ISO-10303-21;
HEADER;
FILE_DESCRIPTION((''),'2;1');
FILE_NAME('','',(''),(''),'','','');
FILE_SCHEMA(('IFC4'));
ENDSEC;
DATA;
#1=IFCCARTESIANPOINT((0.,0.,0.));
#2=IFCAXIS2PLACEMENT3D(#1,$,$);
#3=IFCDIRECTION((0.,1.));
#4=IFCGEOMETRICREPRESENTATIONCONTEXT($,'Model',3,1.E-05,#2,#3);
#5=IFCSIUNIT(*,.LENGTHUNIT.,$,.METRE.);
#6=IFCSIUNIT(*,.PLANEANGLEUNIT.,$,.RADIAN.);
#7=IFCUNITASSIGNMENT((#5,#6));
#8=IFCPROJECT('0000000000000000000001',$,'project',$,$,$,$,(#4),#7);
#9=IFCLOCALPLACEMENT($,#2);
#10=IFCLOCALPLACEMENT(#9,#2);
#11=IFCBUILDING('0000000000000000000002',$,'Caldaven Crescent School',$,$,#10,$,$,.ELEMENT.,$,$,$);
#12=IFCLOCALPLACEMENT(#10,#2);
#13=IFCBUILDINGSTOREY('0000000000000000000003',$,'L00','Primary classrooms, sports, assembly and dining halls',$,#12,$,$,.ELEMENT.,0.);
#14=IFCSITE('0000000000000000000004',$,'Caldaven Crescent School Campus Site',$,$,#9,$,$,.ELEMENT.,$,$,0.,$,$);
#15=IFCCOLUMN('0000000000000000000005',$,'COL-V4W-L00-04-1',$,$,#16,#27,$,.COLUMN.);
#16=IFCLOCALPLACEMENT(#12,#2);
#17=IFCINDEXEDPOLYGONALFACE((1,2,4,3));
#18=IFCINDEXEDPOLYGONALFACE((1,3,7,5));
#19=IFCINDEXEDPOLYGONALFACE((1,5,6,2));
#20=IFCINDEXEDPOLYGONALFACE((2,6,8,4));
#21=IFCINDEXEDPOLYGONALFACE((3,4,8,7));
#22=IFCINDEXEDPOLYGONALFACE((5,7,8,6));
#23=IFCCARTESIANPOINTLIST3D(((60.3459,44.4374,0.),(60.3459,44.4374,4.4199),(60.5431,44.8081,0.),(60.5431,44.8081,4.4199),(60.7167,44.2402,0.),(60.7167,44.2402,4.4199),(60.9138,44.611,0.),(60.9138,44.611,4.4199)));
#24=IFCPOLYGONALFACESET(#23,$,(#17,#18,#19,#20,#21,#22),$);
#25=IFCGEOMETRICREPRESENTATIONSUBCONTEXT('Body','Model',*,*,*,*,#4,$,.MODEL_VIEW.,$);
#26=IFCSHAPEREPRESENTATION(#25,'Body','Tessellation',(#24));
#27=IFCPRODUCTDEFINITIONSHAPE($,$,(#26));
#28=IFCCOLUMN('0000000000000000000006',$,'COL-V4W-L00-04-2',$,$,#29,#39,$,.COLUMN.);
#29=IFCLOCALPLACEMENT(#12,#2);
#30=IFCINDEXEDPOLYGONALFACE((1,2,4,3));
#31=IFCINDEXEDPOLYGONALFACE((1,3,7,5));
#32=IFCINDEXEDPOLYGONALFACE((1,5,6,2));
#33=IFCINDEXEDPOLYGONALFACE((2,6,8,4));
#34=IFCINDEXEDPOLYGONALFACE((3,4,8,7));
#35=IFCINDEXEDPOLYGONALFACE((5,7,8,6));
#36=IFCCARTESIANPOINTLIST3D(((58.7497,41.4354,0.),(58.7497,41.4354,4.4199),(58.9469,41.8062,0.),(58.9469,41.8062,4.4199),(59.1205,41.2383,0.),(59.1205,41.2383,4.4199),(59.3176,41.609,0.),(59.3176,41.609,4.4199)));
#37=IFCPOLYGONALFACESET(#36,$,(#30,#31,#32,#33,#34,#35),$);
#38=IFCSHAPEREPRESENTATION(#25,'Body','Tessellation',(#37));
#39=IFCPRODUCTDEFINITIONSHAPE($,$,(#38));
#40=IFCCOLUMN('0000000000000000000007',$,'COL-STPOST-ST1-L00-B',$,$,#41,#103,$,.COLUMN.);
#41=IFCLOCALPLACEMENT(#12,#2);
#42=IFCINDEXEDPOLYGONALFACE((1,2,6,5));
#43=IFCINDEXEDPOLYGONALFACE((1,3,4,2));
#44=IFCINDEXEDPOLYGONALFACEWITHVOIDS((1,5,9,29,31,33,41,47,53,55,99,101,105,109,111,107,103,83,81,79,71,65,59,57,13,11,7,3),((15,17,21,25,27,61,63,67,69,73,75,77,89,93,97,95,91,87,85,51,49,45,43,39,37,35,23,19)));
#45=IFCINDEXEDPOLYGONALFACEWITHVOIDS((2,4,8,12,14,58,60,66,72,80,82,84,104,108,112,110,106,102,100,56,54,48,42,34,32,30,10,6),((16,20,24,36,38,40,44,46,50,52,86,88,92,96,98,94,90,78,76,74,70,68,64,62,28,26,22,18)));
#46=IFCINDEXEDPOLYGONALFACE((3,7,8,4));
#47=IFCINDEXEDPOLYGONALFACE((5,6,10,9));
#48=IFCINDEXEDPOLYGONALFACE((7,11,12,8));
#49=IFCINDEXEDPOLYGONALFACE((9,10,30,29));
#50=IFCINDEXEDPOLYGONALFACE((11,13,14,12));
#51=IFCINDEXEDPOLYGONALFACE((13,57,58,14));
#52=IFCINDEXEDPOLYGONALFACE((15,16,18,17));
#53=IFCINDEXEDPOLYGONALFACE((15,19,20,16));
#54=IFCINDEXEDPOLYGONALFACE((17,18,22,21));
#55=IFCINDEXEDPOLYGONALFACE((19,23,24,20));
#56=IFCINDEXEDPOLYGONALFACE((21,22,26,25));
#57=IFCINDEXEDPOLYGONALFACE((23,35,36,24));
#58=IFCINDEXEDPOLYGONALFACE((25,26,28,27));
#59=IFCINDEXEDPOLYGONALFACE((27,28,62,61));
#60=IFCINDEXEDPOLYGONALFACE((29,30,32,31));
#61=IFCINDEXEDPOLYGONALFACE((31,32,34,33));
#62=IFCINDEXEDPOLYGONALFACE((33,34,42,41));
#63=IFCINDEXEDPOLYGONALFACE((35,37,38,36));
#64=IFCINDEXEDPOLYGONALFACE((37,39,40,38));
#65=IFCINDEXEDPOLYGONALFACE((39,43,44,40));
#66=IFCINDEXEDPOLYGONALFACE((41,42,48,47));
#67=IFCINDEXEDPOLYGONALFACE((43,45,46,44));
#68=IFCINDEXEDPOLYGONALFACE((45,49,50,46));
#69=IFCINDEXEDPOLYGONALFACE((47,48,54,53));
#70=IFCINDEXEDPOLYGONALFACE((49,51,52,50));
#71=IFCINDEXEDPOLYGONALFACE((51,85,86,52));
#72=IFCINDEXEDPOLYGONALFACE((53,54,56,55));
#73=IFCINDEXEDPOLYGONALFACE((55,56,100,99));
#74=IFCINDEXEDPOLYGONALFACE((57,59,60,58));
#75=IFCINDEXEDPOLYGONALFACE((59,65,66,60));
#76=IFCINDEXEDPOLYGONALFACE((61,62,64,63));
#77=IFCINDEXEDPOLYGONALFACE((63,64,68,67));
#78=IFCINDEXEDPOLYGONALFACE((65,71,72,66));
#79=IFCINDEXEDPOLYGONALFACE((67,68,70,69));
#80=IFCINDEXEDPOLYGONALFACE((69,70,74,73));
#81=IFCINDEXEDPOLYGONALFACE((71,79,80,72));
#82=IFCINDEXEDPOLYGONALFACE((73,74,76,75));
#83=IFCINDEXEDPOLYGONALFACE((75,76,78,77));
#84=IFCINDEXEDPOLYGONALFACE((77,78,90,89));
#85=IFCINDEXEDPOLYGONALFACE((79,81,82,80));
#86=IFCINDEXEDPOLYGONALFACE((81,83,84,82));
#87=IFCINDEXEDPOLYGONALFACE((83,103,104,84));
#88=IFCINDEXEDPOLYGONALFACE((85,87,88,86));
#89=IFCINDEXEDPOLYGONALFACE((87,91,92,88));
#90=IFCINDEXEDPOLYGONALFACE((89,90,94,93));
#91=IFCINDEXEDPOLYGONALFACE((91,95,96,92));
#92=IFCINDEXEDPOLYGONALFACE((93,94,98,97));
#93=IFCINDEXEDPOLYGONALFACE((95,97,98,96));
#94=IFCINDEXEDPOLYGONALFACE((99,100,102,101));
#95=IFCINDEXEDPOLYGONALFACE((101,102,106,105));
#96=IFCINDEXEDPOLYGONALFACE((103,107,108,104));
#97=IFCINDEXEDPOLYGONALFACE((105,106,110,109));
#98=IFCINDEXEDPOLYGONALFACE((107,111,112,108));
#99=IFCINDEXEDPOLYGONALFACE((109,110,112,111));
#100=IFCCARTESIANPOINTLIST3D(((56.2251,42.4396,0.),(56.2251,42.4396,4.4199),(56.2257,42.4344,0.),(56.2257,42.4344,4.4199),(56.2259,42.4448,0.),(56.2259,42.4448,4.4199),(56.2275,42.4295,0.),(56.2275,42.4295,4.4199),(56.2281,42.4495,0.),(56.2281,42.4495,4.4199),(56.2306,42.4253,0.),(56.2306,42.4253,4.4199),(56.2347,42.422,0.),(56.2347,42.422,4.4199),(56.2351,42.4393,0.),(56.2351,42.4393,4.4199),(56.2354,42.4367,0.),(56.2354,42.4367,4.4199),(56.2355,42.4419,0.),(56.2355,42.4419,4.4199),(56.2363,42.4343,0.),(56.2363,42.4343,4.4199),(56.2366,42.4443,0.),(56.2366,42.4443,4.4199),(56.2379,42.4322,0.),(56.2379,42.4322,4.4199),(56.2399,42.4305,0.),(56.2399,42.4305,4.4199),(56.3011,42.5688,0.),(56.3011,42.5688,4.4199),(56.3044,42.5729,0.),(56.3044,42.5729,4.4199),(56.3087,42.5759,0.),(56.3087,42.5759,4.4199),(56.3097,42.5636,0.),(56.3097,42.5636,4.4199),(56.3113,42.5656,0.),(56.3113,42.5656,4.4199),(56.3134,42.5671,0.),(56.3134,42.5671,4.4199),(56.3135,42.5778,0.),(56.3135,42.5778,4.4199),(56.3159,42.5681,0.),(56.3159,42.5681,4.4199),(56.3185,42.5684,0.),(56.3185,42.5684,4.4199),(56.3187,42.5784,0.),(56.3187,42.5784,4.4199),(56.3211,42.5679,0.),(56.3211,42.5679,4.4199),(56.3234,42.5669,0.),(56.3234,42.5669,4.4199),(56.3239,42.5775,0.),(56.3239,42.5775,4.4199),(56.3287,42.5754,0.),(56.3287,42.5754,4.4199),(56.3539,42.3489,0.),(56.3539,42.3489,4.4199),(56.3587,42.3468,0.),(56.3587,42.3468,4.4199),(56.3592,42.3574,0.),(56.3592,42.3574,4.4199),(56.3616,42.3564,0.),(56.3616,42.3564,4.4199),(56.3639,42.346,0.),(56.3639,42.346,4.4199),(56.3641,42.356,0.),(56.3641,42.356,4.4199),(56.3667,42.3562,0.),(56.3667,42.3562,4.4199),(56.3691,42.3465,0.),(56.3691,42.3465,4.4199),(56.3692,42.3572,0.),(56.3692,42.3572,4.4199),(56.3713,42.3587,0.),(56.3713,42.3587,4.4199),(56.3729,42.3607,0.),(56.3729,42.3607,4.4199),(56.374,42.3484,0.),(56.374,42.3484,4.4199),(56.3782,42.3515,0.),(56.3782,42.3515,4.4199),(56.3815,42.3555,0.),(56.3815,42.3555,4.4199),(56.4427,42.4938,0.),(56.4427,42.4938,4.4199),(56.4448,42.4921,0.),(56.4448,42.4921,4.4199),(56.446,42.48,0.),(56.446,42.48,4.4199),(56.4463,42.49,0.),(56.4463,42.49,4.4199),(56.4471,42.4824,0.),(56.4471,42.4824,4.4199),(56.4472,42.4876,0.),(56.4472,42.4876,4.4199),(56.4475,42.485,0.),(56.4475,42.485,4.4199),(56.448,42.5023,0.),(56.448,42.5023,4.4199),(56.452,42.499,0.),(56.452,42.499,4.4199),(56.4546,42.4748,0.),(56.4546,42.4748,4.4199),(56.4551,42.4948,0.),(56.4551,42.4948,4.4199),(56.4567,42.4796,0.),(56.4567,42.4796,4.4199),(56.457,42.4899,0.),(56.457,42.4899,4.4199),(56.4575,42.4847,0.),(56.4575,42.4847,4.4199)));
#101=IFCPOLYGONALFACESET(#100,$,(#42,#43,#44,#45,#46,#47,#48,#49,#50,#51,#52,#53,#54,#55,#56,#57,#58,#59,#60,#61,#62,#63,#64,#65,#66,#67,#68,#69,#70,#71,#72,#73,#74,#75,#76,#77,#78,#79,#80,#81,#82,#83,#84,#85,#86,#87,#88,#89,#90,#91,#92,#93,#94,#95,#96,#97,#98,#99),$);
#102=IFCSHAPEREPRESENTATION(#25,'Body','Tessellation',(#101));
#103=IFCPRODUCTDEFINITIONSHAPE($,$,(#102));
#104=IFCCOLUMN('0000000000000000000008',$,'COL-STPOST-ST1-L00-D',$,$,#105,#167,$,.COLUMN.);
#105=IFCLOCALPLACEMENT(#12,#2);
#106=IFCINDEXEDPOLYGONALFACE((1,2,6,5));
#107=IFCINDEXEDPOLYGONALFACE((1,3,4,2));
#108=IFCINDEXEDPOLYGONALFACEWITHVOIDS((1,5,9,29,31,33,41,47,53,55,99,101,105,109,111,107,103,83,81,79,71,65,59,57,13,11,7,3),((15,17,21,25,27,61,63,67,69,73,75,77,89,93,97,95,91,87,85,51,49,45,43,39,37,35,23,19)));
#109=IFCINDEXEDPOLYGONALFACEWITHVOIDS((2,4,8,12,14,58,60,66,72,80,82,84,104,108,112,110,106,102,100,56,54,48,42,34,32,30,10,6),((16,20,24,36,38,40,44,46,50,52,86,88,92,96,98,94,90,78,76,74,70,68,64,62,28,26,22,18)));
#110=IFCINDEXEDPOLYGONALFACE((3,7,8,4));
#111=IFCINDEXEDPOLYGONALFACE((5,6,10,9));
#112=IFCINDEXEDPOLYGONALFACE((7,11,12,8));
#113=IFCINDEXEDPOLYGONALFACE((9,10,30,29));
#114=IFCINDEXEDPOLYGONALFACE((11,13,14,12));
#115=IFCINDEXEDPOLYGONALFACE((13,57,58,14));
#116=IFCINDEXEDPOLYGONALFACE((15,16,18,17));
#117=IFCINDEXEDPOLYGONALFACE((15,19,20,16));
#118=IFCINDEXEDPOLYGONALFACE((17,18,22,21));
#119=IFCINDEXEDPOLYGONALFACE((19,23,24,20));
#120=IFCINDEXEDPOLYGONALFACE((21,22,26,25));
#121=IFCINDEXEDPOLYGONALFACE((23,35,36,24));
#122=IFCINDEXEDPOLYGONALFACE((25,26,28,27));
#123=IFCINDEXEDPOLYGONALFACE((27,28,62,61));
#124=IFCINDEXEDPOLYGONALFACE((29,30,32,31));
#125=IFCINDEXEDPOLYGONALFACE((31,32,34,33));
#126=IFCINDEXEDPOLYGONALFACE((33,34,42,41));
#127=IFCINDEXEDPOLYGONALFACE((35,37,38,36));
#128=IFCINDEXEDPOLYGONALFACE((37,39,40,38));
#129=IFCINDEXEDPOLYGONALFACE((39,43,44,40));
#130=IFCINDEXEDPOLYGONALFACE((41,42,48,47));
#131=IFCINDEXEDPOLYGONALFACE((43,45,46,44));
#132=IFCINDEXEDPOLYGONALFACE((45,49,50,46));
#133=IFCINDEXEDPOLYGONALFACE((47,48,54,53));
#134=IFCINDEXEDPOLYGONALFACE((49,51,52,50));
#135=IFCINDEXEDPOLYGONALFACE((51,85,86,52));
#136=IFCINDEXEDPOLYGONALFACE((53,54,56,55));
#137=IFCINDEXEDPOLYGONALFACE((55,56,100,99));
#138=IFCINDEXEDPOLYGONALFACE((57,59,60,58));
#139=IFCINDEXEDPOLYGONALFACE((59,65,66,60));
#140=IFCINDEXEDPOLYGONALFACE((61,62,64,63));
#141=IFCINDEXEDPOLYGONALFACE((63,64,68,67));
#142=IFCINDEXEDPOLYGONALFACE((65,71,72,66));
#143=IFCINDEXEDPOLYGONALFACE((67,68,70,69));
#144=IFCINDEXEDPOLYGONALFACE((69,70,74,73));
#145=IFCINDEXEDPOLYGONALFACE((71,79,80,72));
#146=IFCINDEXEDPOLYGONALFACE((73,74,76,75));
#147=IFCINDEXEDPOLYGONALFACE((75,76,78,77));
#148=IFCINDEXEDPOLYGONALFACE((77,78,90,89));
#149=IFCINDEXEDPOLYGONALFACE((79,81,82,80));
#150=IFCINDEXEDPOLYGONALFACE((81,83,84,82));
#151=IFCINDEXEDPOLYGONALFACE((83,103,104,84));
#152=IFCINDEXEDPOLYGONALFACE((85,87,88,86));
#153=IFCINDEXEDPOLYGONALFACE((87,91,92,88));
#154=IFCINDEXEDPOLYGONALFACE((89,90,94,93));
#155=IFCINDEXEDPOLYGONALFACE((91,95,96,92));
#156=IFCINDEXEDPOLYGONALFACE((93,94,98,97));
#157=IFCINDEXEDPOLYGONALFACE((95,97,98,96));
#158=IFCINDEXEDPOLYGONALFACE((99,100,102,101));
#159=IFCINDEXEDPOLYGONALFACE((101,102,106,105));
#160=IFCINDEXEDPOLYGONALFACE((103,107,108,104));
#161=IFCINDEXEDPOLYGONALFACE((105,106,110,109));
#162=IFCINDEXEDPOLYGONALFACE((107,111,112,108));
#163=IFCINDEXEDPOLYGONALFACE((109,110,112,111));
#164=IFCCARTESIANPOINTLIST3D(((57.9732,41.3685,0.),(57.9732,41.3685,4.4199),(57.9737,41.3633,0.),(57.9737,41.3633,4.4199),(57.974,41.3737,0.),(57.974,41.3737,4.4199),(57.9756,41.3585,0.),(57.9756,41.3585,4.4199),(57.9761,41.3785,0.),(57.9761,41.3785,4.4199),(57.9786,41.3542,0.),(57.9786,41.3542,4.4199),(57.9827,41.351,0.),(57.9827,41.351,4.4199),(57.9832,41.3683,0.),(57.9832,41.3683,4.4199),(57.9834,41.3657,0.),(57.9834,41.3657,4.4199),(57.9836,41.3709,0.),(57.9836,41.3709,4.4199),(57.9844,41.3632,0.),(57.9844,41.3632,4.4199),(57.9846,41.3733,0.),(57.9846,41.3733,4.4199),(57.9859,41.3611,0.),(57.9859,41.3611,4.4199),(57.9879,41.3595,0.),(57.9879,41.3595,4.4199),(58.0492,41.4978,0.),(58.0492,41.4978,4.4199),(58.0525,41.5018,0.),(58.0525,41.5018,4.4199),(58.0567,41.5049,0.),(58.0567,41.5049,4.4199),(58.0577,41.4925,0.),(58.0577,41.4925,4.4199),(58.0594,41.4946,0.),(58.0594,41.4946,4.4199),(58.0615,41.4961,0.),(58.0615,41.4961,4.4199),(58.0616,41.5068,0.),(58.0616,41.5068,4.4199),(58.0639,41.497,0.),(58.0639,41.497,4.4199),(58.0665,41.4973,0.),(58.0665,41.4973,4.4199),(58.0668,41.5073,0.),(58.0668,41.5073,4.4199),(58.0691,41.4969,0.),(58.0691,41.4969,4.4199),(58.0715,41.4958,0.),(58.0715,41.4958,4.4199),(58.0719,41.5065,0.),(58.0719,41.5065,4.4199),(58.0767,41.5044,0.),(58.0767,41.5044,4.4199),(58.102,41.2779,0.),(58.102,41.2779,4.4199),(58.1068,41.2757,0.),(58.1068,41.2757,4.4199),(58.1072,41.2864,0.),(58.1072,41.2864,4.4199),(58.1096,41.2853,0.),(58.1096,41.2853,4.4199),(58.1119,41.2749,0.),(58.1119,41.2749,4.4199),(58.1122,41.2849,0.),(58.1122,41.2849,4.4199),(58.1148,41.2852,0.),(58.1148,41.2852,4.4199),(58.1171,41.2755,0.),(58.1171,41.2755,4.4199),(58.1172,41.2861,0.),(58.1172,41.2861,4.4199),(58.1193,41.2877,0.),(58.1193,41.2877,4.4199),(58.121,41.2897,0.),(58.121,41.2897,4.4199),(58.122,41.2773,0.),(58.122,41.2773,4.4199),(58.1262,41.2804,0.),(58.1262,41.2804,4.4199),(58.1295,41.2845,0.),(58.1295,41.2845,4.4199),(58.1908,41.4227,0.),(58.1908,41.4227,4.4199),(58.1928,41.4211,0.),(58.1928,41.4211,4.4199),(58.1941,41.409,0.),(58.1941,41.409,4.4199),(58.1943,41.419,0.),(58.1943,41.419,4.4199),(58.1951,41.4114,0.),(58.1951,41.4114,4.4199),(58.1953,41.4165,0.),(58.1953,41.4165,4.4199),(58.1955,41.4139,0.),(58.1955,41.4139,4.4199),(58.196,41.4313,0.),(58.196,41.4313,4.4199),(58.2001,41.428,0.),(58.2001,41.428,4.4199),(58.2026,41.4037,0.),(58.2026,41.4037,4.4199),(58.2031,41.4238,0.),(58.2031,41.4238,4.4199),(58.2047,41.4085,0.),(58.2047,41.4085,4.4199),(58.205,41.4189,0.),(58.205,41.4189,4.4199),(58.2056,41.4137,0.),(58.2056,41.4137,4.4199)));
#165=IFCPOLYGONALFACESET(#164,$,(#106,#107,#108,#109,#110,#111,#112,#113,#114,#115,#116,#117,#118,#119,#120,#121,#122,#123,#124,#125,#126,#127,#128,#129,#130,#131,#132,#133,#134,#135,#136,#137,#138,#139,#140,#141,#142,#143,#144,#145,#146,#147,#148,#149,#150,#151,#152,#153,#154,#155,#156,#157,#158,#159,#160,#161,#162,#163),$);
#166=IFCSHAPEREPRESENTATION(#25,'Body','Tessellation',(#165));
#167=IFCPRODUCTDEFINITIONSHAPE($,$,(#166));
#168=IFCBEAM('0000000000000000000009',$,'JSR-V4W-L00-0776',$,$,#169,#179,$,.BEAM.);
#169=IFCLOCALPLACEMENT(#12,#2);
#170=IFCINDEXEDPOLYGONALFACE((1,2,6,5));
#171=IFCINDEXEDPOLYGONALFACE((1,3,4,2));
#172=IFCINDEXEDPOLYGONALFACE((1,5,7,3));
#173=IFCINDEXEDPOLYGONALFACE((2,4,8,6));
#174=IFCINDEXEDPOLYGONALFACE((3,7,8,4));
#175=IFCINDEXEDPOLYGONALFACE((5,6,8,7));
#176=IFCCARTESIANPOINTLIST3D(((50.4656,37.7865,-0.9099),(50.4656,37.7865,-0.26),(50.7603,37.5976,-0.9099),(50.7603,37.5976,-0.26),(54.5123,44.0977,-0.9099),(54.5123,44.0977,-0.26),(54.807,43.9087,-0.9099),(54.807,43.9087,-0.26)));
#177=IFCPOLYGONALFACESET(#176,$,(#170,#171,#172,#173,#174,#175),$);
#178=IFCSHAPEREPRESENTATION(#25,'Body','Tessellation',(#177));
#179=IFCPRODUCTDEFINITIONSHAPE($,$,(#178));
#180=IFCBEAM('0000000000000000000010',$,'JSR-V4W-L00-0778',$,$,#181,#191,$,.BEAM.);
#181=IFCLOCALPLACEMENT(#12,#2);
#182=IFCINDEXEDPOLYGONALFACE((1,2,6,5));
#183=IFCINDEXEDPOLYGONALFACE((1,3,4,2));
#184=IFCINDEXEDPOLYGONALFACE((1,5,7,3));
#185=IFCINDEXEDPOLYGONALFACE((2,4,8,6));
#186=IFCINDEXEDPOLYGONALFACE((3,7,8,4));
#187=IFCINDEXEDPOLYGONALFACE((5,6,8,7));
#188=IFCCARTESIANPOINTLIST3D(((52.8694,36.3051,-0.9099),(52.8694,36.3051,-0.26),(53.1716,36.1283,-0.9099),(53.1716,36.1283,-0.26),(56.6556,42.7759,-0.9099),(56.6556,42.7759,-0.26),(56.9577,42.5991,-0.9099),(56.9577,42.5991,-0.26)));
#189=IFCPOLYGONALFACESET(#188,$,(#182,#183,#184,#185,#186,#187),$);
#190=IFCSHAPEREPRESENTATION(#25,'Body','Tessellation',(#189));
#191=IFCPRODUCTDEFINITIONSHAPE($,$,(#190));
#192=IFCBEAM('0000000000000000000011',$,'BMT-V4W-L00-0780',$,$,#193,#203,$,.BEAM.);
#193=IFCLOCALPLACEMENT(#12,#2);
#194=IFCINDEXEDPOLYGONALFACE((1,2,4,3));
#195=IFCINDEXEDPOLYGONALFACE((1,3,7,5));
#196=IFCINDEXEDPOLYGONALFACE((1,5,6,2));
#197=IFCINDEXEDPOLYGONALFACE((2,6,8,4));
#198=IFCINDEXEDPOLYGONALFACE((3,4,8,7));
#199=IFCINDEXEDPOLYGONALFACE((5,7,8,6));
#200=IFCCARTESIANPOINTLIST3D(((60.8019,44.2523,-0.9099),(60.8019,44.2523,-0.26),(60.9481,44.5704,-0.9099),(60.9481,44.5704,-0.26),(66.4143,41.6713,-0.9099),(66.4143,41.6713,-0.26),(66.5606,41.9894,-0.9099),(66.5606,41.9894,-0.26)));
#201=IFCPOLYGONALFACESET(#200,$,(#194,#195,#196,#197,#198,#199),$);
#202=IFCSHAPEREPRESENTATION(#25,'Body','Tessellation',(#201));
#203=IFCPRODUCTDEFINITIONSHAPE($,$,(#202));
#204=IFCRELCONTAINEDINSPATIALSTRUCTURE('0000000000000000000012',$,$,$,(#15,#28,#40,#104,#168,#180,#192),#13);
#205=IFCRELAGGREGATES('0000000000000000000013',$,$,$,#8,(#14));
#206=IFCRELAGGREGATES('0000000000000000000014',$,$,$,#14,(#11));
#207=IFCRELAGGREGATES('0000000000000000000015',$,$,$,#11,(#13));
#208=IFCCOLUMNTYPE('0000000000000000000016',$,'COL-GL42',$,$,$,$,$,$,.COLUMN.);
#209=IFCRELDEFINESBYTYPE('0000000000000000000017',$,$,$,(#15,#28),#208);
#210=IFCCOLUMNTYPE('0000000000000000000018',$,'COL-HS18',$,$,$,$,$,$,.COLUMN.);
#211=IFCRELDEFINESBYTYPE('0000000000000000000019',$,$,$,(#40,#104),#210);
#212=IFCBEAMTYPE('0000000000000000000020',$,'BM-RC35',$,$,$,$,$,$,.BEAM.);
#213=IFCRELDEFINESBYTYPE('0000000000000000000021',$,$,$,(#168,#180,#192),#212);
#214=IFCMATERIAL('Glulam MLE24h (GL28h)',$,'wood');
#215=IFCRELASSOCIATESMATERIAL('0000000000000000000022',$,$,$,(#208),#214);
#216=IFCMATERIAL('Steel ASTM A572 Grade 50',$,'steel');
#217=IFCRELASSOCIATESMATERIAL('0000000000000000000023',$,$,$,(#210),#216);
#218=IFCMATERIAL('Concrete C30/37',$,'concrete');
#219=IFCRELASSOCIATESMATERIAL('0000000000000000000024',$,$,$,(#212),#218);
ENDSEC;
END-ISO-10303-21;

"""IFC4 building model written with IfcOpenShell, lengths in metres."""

from ifc_helpers import new_model, si_unit, direction, frame, origin, origin_2d, place, context, subcontext, project, spatial, rectangle, hollow_rectangle, extrude, material, material_profile, profile_set, type_object, element, save


model = new_model("IFC4")

# Units and contexts
model_context = context("Model", 3, precision=1e-05, world=origin(), true_north=direction((0.0, 1.0)))
body_context = subcontext(model_context, "Body", "Model", "MODEL_VIEW")
ifc_project = project(units=[si_unit("LENGTHUNIT", "METRE"), si_unit("PLANEANGLEUNIT", "RADIAN")], contexts=[model_context])

# Site, building, storey
site_placement = place(None, origin())
site = spatial("IfcSite", under=ifc_project, at=site_placement, Name="Caldaven Crescent School Campus Site", CompositionType="ELEMENT", RefElevation=0.0)
building_placement = place(site_placement, origin())
building = spatial("IfcBuilding", under=site, at=building_placement, Name="Caldaven Crescent School", CompositionType="ELEMENT")
storey_placement = place(building_placement, origin())
storey = spatial("IfcBuildingStorey", under=building, at=storey_placement, Name="L00", Description="Primary classrooms, sports, assembly and dining halls", CompositionType="ELEMENT", Elevation=0.0)

# Columns
ifc_material_1 = material(Name="Glulam MLE24h (GL28h)", Category="wood")
ifc_material_profile_1 = material_profile(ifc_material_1, rectangle(XDim=0.4199, YDim=0.4199, at=origin_2d()), Name="MLE 420x420")
ifc_profile_set_1 = profile_set([ifc_material_profile_1], Name="Glulam MLE24h (GL28h)")
column_type_1 = type_object("IfcColumnType", Name="COL-GL42", PredefinedType="COLUMN", material=ifc_profile_set_1)
for number, where, z_axis, x_axis, name in (
    (1, (60.6299, 44.5242, 0.0), (0.0, 0.0, 1.0), (-0.469472, -0.882948, 0.0), "COL-V4W-L00-04-1"),
    (2, (59.0337, 41.5222, 0.0), (0.0, 0.0, 1.0), (-0.469472, -0.882948, 0.0), "COL-V4W-L00-04-2"),
):
    element("IfcColumn", number, at=place(storey_placement, frame(where, z_axis=z_axis, x_axis=x_axis)), inside=storey, type_object=column_type_1, Name=name, PredefinedType="COLUMN", context=body_context, shape_type="SweptSolid", body=[
        extrude(rectangle(XDim=0.4199, YDim=0.4199, at=origin_2d()), origin(), (0.0, 0.0, 1.0), 4.4199),
    ])
ifc_material_2 = material(Name="Steel ASTM A572 Grade 50", Category="steel")
ifc_material_profile_2 = material_profile(ifc_material_2, hollow_rectangle(XDim=0.1799, YDim=0.1799, WallThickness=0.01, InnerFilletRadius=0.01, OuterFilletRadius=0.02, at=origin_2d()), Name="HSS 180x180x10")
ifc_profile_set_2 = profile_set([ifc_material_profile_2], Name="Steel ASTM A572 Grade 50")
column_type_2 = type_object("IfcColumnType", Name="COL-HS18", PredefinedType="COLUMN", material=ifc_profile_set_2)
for number, where, z_axis, x_axis, name in (
    (3, (56.3413, 42.4622, 0.0), (0.0, 0.0, 1.0), (0.85264, -0.522499, 0.0), "COL-STPOST-ST1-L00-B"),
    (4, (58.0894, 41.3911, 0.0), (0.0, 0.0, 1.0), (0.85264, -0.522499, 0.0), "COL-STPOST-ST1-L00-D"),
):
    element("IfcColumn", number, at=place(storey_placement, frame(where, z_axis=z_axis, x_axis=x_axis)), inside=storey, type_object=column_type_2, Name=name, PredefinedType="COLUMN", context=body_context, shape_type="SweptSolid", body=[
        extrude(hollow_rectangle(XDim=0.1799, YDim=0.1799, WallThickness=0.01, InnerFilletRadius=0.01, OuterFilletRadius=0.02, at=origin_2d()), origin(), (0.0, 0.0, 1.0), 4.4199),
    ])

# Beams
ifc_material_3 = material(Name="Concrete C30/37", Category="concrete")
ifc_material_profile_3 = material_profile(ifc_material_3, rectangle(XDim=0.3501, YDim=0.6499, at=origin_2d()), Name="RC 350x650")
ifc_profile_set_3 = profile_set([ifc_material_profile_3], Name="Concrete C30/37")
beam_type_1 = type_object("IfcBeamType", Name="BM-RC35", PredefinedType="BEAM", material=ifc_profile_set_3)
for number, where, z_axis, x_axis, name in (
    (5, (54.6597, 44.0032, -0.585), (-0.53977, -0.841813, 0.0), (0.841813, -0.53977, 0.0), "JSR-V4W-L00-0776"),
    (6, (56.8066, 42.6875, -0.585), (-0.505021, -0.863107, 0.0), (0.863107, -0.505021, 0.0), "JSR-V4W-L00-0778"),
):
    element("IfcBeam", number, at=place(storey_placement, frame(where, z_axis=z_axis, x_axis=x_axis)), inside=storey, type_object=beam_type_1, Name=name, PredefinedType="BEAM", context=body_context, shape_type="SweptSolid", body=[
        extrude(rectangle(XDim=0.3501, YDim=0.6499, at=origin_2d()), origin(), (0.0, 0.0, 1.0), 7.4971),
    ])
beam_1_placement = place(storey_placement, frame((60.875, 44.4114, -0.585), z_axis=(0.908535, -0.41781, 0.0), x_axis=(0.41781, 0.908535, 0.0)))
element("IfcBeam", 7, at=beam_1_placement, inside=storey, type_object=beam_type_1, Name="BMT-V4W-L00-0780", PredefinedType="BEAM", context=body_context, shape_type="SweptSolid", body=[
    extrude(rectangle(XDim=0.3501, YDim=0.6499, at=origin_2d()), origin(), (0.0, 0.0, 1.0), 6.1775),
])

save(model, "model.ifc")
